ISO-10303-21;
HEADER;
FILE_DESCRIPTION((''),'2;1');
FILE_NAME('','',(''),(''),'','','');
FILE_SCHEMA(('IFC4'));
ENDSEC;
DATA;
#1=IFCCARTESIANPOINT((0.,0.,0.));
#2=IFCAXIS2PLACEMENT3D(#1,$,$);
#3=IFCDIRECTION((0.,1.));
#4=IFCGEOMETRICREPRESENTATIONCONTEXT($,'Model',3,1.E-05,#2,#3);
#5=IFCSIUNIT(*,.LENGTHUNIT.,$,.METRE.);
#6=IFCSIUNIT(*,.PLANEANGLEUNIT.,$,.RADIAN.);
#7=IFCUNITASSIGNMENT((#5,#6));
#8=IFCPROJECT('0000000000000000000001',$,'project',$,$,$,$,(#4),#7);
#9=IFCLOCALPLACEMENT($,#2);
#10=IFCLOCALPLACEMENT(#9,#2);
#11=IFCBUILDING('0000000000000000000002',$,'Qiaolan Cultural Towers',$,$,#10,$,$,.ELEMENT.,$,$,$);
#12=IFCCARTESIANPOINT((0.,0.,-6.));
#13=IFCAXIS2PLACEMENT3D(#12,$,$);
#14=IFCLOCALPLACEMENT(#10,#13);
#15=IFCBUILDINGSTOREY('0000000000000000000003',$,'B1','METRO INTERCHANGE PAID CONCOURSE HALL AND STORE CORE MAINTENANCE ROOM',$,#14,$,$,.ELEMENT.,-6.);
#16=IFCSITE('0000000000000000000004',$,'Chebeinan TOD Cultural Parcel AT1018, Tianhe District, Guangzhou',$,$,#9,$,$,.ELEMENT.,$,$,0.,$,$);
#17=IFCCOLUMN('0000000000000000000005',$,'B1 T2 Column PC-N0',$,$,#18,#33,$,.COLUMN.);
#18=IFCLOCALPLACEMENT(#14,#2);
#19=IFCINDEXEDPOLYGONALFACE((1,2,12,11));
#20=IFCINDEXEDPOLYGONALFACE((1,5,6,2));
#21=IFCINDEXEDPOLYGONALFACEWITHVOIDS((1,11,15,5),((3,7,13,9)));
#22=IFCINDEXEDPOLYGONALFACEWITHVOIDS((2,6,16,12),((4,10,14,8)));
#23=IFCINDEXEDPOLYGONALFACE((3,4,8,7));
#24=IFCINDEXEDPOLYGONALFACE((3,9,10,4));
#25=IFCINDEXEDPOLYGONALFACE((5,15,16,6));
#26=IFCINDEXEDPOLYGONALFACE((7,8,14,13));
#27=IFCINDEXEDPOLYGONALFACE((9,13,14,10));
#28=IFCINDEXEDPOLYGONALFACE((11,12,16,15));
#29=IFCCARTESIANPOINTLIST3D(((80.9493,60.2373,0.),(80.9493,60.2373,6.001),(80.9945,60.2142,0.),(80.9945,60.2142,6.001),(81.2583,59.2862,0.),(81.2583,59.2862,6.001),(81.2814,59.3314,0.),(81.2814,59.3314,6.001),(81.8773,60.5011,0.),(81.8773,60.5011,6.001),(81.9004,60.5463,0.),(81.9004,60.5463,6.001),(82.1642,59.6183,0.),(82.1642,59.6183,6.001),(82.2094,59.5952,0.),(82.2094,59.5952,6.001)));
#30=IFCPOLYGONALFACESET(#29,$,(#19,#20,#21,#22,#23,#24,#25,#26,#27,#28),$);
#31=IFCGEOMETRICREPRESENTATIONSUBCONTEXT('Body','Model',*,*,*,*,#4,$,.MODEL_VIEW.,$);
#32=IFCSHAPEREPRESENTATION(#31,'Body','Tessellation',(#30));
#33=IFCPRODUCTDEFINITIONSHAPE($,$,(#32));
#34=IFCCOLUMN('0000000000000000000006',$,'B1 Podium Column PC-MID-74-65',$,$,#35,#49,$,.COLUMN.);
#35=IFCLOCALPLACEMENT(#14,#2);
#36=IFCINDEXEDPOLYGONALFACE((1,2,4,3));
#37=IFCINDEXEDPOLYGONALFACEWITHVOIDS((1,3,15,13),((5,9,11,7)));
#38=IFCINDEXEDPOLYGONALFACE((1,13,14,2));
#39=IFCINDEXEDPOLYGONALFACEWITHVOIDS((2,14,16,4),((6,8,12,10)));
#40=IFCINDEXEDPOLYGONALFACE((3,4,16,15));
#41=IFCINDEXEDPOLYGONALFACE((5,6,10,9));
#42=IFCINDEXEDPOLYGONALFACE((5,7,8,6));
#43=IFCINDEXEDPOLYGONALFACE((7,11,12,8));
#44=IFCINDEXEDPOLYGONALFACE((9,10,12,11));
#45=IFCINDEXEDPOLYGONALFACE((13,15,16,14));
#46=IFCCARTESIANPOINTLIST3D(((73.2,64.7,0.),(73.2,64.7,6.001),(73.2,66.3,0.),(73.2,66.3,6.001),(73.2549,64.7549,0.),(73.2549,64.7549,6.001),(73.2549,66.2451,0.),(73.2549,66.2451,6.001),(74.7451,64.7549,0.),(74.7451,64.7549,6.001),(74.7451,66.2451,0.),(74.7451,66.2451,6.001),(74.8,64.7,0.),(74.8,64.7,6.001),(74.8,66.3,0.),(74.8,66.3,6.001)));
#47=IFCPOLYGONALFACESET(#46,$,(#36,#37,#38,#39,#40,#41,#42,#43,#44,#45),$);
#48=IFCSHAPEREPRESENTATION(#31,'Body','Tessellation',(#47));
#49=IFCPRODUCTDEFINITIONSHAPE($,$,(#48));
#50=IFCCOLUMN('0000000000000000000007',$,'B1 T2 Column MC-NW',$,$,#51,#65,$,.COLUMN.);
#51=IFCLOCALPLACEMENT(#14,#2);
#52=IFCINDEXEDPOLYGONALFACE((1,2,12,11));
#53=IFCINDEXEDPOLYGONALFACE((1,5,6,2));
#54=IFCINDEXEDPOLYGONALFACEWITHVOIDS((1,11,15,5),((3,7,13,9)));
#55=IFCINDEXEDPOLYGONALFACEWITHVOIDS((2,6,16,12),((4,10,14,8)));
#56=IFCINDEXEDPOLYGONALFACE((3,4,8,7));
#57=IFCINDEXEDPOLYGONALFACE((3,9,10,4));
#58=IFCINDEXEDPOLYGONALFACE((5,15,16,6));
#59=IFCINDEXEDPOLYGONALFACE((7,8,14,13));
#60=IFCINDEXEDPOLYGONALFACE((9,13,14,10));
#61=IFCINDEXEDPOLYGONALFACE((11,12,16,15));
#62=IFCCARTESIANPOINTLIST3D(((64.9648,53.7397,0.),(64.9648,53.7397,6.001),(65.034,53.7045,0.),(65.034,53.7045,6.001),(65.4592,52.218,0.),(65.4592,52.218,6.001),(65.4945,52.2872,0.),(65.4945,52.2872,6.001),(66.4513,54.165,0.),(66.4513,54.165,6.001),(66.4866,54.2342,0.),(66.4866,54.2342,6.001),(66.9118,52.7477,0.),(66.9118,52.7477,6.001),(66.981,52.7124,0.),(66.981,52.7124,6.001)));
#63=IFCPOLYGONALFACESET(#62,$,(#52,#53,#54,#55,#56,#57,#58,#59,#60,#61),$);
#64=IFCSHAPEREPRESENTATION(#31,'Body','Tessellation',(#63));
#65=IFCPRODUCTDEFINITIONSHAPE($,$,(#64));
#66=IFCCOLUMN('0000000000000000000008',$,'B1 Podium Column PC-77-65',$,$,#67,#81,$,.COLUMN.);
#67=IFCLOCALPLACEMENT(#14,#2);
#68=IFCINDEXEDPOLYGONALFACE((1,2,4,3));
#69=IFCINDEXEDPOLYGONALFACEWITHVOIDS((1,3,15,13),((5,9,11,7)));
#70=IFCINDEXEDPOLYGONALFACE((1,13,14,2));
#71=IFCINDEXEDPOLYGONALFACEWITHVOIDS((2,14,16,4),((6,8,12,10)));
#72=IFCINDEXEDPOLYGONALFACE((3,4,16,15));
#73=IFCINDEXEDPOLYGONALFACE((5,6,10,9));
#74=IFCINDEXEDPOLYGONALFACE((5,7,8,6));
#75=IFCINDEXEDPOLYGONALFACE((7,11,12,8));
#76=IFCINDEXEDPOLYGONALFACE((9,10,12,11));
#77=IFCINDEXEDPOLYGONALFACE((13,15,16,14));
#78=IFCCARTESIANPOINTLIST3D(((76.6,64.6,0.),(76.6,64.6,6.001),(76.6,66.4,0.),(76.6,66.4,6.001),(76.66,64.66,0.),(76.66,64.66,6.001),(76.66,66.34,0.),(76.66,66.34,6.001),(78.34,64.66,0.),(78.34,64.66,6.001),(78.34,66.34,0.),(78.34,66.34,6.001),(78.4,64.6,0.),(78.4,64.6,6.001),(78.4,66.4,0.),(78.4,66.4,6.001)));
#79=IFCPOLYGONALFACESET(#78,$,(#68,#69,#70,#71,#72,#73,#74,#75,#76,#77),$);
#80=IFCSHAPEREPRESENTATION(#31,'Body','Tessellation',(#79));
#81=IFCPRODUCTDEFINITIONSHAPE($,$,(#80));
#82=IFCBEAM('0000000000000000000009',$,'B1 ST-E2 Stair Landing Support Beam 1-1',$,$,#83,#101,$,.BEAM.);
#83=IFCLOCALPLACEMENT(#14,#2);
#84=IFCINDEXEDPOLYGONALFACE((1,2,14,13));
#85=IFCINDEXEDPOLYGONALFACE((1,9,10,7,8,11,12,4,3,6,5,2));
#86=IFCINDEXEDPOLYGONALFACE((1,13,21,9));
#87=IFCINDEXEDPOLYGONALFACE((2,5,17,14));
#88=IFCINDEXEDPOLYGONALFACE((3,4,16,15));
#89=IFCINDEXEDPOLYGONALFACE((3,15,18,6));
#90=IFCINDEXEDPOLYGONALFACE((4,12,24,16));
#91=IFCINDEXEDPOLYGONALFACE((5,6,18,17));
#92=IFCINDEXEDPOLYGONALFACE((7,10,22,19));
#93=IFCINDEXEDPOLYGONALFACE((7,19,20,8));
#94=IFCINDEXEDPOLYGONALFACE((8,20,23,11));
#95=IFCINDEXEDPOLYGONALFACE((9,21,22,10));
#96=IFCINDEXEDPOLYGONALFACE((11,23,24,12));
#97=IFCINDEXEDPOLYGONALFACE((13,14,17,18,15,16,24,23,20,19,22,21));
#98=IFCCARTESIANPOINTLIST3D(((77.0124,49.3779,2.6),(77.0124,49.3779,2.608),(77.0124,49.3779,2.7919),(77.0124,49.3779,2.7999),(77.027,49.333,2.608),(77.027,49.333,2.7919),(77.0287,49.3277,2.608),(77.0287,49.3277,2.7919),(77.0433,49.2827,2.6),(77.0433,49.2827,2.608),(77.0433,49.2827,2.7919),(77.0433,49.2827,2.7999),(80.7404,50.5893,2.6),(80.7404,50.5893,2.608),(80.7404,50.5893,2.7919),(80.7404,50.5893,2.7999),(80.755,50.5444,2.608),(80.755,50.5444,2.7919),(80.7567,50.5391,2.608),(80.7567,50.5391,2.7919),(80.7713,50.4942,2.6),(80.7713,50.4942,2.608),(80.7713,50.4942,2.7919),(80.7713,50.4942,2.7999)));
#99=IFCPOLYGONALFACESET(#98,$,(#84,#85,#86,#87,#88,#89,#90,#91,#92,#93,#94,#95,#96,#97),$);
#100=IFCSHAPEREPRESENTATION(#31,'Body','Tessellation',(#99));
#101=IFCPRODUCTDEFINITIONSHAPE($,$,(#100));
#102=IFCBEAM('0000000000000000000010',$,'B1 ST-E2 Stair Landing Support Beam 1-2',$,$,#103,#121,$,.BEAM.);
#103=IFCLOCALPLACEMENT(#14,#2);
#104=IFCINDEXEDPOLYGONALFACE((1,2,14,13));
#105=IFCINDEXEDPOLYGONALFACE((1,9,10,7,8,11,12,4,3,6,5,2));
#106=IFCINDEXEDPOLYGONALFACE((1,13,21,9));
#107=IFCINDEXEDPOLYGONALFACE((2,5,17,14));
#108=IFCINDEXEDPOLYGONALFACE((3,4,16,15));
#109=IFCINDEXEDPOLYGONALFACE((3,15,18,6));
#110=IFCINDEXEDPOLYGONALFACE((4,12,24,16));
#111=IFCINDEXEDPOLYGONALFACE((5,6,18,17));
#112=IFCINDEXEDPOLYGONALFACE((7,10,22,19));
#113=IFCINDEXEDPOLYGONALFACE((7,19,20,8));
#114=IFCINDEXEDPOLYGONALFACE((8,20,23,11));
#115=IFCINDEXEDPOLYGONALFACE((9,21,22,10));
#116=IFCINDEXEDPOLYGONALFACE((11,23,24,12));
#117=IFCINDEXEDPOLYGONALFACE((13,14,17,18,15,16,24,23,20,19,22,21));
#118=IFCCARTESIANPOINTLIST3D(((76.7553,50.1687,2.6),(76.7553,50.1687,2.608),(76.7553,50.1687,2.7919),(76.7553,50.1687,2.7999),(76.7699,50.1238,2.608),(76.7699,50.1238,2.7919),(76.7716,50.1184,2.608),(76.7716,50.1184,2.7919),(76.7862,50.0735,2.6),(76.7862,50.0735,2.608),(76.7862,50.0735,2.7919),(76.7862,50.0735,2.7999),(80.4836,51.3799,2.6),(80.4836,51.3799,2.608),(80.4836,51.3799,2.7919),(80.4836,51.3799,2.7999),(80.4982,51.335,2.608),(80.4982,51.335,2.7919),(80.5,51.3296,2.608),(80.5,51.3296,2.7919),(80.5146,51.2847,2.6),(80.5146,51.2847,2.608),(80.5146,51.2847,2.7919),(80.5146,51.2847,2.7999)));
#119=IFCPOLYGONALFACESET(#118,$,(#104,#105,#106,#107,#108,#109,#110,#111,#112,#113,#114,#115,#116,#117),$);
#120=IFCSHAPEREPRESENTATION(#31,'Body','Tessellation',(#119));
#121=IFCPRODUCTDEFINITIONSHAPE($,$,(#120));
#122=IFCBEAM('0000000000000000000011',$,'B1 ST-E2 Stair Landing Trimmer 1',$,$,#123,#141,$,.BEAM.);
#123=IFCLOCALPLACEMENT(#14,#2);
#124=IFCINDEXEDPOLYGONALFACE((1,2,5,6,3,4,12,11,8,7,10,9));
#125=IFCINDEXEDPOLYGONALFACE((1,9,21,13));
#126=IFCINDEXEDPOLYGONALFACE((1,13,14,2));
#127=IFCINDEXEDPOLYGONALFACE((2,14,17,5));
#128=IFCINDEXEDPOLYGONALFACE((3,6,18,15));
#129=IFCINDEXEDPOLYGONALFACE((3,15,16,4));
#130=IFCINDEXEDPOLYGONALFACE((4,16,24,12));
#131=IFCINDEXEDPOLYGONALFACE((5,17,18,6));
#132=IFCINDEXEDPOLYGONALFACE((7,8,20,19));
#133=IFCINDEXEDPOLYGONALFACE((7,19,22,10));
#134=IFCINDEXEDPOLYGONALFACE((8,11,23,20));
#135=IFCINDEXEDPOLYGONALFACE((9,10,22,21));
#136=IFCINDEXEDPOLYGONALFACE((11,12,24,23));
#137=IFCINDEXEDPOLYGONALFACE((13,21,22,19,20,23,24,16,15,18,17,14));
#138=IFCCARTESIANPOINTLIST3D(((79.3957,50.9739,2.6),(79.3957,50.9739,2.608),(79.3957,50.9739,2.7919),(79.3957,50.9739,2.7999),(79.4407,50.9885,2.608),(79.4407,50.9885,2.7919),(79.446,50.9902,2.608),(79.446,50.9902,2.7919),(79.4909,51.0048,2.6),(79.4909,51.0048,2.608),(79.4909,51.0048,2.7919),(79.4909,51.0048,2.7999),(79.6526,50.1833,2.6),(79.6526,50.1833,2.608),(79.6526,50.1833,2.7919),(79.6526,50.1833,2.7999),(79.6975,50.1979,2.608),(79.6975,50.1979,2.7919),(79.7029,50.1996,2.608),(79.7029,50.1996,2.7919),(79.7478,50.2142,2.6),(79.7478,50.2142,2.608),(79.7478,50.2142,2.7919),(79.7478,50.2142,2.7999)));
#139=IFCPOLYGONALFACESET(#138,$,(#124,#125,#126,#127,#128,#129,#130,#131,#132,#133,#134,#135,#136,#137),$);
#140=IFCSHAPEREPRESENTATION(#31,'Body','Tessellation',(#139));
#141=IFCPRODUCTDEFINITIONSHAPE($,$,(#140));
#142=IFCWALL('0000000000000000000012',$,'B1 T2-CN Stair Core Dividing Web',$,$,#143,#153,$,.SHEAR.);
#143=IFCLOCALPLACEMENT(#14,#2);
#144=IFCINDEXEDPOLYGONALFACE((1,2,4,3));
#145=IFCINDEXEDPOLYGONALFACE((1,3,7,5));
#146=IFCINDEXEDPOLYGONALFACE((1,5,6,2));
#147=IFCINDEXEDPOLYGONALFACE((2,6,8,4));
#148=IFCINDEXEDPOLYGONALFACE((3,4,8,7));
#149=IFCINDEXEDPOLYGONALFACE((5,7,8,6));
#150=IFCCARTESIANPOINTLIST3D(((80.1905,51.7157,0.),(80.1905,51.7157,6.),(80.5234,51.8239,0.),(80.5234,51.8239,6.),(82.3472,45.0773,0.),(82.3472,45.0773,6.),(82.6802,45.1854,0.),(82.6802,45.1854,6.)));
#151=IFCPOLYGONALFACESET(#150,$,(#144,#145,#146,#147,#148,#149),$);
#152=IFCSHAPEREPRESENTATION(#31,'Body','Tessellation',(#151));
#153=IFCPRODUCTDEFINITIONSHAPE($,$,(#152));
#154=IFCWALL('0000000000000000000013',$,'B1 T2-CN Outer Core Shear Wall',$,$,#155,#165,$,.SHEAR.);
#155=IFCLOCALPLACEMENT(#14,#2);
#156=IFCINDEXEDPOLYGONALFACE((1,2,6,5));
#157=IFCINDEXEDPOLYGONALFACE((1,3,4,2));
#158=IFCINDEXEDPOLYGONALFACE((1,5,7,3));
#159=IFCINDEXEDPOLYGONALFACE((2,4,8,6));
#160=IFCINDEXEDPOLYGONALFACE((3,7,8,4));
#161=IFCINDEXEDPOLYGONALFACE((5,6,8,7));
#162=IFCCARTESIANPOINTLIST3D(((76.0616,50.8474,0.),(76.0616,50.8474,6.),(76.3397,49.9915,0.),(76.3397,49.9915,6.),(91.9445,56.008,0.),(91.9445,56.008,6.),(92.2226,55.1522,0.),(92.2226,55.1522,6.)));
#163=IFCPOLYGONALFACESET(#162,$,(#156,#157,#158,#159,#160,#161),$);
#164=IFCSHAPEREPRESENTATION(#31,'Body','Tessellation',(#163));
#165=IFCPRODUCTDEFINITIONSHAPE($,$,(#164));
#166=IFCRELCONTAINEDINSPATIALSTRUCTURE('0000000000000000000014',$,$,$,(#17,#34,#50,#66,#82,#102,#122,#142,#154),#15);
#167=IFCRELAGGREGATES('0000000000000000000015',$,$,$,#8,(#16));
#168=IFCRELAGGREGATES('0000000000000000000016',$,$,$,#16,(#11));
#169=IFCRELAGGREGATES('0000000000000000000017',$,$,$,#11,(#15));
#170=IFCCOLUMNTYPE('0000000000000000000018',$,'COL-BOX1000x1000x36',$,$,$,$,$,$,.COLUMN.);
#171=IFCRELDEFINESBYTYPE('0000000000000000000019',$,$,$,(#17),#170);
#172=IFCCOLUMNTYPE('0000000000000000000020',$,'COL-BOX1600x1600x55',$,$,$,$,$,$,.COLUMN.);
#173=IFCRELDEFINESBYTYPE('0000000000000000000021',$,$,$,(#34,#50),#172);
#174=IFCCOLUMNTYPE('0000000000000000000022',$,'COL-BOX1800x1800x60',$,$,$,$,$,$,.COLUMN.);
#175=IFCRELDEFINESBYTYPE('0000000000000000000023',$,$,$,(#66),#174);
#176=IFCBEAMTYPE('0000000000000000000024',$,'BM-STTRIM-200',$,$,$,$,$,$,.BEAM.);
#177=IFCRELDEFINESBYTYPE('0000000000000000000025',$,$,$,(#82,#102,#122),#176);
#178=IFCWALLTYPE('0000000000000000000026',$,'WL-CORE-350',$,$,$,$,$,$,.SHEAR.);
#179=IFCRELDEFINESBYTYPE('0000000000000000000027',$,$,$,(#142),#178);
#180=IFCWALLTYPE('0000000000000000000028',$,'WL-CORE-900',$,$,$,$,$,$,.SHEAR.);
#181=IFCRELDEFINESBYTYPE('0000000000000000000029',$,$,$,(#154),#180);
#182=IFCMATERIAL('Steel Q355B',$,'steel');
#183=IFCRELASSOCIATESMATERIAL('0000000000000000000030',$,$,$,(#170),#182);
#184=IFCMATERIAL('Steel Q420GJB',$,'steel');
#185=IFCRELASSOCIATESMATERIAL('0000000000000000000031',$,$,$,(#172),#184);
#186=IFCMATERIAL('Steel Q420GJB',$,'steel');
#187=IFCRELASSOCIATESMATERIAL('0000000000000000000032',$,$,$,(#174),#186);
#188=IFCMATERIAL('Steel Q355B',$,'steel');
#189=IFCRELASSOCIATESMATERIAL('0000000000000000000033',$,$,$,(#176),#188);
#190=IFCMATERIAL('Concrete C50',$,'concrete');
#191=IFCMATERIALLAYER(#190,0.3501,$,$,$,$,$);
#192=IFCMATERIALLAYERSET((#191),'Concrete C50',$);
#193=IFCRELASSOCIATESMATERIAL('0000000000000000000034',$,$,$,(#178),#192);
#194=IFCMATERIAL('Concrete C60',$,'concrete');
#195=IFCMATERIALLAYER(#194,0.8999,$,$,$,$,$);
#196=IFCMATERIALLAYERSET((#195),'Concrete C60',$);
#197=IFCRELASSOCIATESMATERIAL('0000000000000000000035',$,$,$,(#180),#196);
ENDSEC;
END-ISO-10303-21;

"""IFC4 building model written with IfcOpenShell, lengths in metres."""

from ifc_helpers import new_model, si_unit, direction, frame, frame_2d, origin, origin_2d, place, context, subcontext, project, spatial, rectangle, hollow_rectangle, i_section, extrude, material, layer, layer_set, material_profile, profile_set, type_object, element, save


model = new_model("IFC4")

# Units and contexts
model_context = context("Model", 3, precision=1e-05, world=origin(), true_north=direction((0.0, 1.0)))
body_context = subcontext(model_context, "Body", "Model", "MODEL_VIEW")
ifc_project = project(units=[si_unit("LENGTHUNIT", "METRE"), si_unit("PLANEANGLEUNIT", "RADIAN")], contexts=[model_context])

# Site, building, storey
site_placement = place(None, origin())
site = spatial("IfcSite", under=ifc_project, at=site_placement, Name="Chebeinan TOD Cultural Parcel AT1018, Tianhe District, Guangzhou", CompositionType="ELEMENT", RefElevation=0.0)
building_placement = place(site_placement, origin())
building = spatial("IfcBuilding", under=site, at=building_placement, Name="Qiaolan Cultural Towers", CompositionType="ELEMENT")
storey_placement = place(building_placement, frame((0.0, 0.0, -6.0)))
storey = spatial("IfcBuildingStorey", under=building, at=storey_placement, Name="B1", Description="METRO INTERCHANGE PAID CONCOURSE HALL AND STORE CORE MAINTENANCE ROOM", CompositionType="ELEMENT", Elevation=-6.0)

# Columns
ifc_material_1 = material(Name="Steel Q355B", Category="steel")
ifc_material_profile_1 = material_profile(ifc_material_1, hollow_rectangle(XDim=1.0, YDim=1.0, WallThickness=0.0359, at=origin_2d()), Name="BOX1000x1000x36")
ifc_profile_set_1 = profile_set([ifc_material_profile_1], Name="Steel Q355B")
column_type_1 = type_object("IfcColumnType", Name="COL-BOX1000x1000x36", PredefinedType="COLUMN", material=ifc_profile_set_1)
column_1_placement = place(storey_placement, frame((81.5793, 59.9163, 0.0), z_axis=(0.0, 0.0, 1.0), x_axis=(0.951057, 0.309017, 0.0)))
element("IfcColumn", 1, at=column_1_placement, inside=storey, type_object=column_type_1, Name="B1 T2 Column PC-N0", PredefinedType="COLUMN", context=body_context, shape_type="SweptSolid", body=[
    extrude(hollow_rectangle(XDim=1.0, YDim=1.0, WallThickness=0.0359, at=origin_2d()), origin(), (0.0, 0.0, 1.0), 6.001),
])
ifc_material_2 = material(Name="Steel Q420GJB", Category="steel")
ifc_material_profile_2 = material_profile(ifc_material_2, hollow_rectangle(XDim=1.6001, YDim=1.6001, WallThickness=0.0549, at=origin_2d()), Name="BOX1600x1600x55")
ifc_profile_set_2 = profile_set([ifc_material_profile_2], Name="Steel Q420GJB")
column_type_2 = type_object("IfcColumnType", Name="COL-BOX1600x1600x55", PredefinedType="COLUMN", material=ifc_profile_set_2)
for number, where, z_axis, x_axis, name in (
    (2, (74.0, 65.5, 0.0), (0.0, 0.0, 1.0), (1.0, 0.0, 0.0), "B1 Podium Column PC-MID-74-65"),
    (3, (65.9729, 53.2261, 0.0), (0.0, 0.0, 1.0), (0.951057, 0.309017, 0.0), "B1 T2 Column MC-NW"),
):
    element("IfcColumn", number, at=place(storey_placement, frame(where, z_axis=z_axis, x_axis=x_axis)), inside=storey, type_object=column_type_2, Name=name, PredefinedType="COLUMN", context=body_context, shape_type="SweptSolid", body=[
        extrude(hollow_rectangle(XDim=1.6001, YDim=1.6001, WallThickness=0.0549, at=origin_2d()), origin(), (0.0, 0.0, 1.0), 6.001),
    ])
ifc_material_3 = material(Name="Steel Q420GJB", Category="steel")
ifc_material_profile_3 = material_profile(ifc_material_3, hollow_rectangle(XDim=1.8, YDim=1.8, WallThickness=0.0601, at=origin_2d()), Name="BOX1800x1800x60")
ifc_profile_set_3 = profile_set([ifc_material_profile_3], Name="Steel Q420GJB")
column_type_3 = type_object("IfcColumnType", Name="COL-BOX1800x1800x60", PredefinedType="COLUMN", material=ifc_profile_set_3)
column_2_placement = place(storey_placement, frame((77.5, 65.5, 0.0), z_axis=(0.0, 0.0, 1.0), x_axis=(1.0, 0.0, 0.0)))
element("IfcColumn", 4, at=column_2_placement, inside=storey, type_object=column_type_3, Name="B1 Podium Column PC-77-65", PredefinedType="COLUMN", context=body_context, shape_type="SweptSolid", body=[
    extrude(hollow_rectangle(XDim=1.8, YDim=1.8, WallThickness=0.0601, at=origin_2d()), origin(), (0.0, 0.0, 1.0), 6.001),
])

# Beams
ifc_material_4 = material(Name="Steel Q355B", Category="steel")
ifc_material_profile_4 = material_profile(ifc_material_4, i_section(OverallWidth=0.1001, OverallDepth=0.2, WebThickness=0.0056, FlangeThickness=0.0081, at=origin_2d()), Name="HN200x100x5.5x8")
ifc_profile_set_4 = profile_set([ifc_material_profile_4], Name="Steel Q355B")
beam_type = type_object("IfcBeamType", Name="BM-STTRIM-200", PredefinedType="BEAM", material=ifc_profile_set_4)
beam_1_placement = place(storey_placement, frame((77.0278, 49.3303, 2.7), z_axis=(0.951048, 0.309044, 0.0), x_axis=(-0.309044, 0.951048, 0.0)))
element("IfcBeam", 5, at=beam_1_placement, inside=storey, type_object=beam_type, Name="B1 ST-E2 Stair Landing Support Beam 1-1", PredefinedType="BEAM", context=body_context, shape_type="SweptSolid", body=[
    extrude(i_section(OverallWidth=0.1001, OverallDepth=0.2, WebThickness=0.0056, FlangeThickness=0.0081, at=origin_2d()), origin(), (0.0, 0.0, 1.0), 3.9199),
])
beam_2_placement = place(storey_placement, frame((76.7708, 50.1211, 2.7), z_axis=(0.951072, 0.308969, 0.0), x_axis=(-0.308969, 0.951072, 0.0)))
element("IfcBeam", 6, at=beam_2_placement, inside=storey, type_object=beam_type, Name="B1 ST-E2 Stair Landing Support Beam 1-2", PredefinedType="BEAM", context=body_context, shape_type="SweptSolid", body=[
    extrude(i_section(OverallWidth=0.1001, OverallDepth=0.2, WebThickness=0.0056, FlangeThickness=0.0081, at=origin_2d()), origin(), (0.0, 0.0, 1.0), 3.9202),
])
beam_3_placement = place(storey_placement, frame((79.7002, 50.1987, 2.7), z_axis=(-0.308993, 0.951064, 0.0), x_axis=(-0.951064, -0.308993, 0.0)))
element("IfcBeam", 7, at=beam_3_placement, inside=storey, type_object=beam_type, Name="B1 ST-E2 Stair Landing Trimmer 1", PredefinedType="BEAM", context=body_context, shape_type="SweptSolid", body=[
    extrude(i_section(OverallWidth=0.1001, OverallDepth=0.2, WebThickness=0.0056, FlangeThickness=0.0081, at=origin_2d()), origin(), (0.0, 0.0, 1.0), 0.8313),
])

# Walls
ifc_material_5 = material(Name="Concrete C50", Category="concrete")
ifc_layer_1 = layer(ifc_material_5, 0.3501)
ifc_layer_set_1 = layer_set([ifc_layer_1], Name="Concrete C50")
wall_type_1 = type_object("IfcWallType", Name="WL-CORE-350", PredefinedType="SHEAR", material=ifc_layer_set_1)
wall_1_placement = place(storey_placement, frame((82.5137, 45.1313, 0.0), z_axis=(0.0, 0.0, 1.0), x_axis=(-0.308989, 0.951066, 0.0)))
element("IfcWall", 8, at=wall_1_placement, inside=storey, type_object=wall_type_1, Name="B1 T2-CN Stair Core Dividing Web", PredefinedType="SHEAR", context=body_context, shape_type="SweptSolid", body=[
    extrude(rectangle(XDim=6.98, YDim=0.3501, at=frame_2d((3.49, 0.0))), origin(), (0.0, 0.0, 1.0), 6.0),
])
ifc_material_6 = material(Name="Concrete C60", Category="concrete")
ifc_layer_2 = layer(ifc_material_6, 0.8999)
ifc_layer_set_2 = layer_set([ifc_layer_2], Name="Concrete C60")
wall_type_2 = type_object("IfcWallType", Name="WL-CORE-900", PredefinedType="SHEAR", material=ifc_layer_set_2)
wall_2_placement = place(storey_placement, frame((76.2007, 50.4194, 0.0), z_axis=(0.0, 0.0, 1.0), x_axis=(0.951056, 0.309017, 0.0)))
element("IfcWall", 9, at=wall_2_placement, inside=storey, type_object=wall_type_2, Name="B1 T2-CN Outer Core Shear Wall", PredefinedType="SHEAR", context=body_context, shape_type="SweptSolid", body=[
    extrude(rectangle(XDim=16.7002, YDim=0.8999, at=frame_2d((8.3501, 0.0))), origin(), (0.0, 0.0, 1.0), 6.0),
])

save(model, "model.ifc")
